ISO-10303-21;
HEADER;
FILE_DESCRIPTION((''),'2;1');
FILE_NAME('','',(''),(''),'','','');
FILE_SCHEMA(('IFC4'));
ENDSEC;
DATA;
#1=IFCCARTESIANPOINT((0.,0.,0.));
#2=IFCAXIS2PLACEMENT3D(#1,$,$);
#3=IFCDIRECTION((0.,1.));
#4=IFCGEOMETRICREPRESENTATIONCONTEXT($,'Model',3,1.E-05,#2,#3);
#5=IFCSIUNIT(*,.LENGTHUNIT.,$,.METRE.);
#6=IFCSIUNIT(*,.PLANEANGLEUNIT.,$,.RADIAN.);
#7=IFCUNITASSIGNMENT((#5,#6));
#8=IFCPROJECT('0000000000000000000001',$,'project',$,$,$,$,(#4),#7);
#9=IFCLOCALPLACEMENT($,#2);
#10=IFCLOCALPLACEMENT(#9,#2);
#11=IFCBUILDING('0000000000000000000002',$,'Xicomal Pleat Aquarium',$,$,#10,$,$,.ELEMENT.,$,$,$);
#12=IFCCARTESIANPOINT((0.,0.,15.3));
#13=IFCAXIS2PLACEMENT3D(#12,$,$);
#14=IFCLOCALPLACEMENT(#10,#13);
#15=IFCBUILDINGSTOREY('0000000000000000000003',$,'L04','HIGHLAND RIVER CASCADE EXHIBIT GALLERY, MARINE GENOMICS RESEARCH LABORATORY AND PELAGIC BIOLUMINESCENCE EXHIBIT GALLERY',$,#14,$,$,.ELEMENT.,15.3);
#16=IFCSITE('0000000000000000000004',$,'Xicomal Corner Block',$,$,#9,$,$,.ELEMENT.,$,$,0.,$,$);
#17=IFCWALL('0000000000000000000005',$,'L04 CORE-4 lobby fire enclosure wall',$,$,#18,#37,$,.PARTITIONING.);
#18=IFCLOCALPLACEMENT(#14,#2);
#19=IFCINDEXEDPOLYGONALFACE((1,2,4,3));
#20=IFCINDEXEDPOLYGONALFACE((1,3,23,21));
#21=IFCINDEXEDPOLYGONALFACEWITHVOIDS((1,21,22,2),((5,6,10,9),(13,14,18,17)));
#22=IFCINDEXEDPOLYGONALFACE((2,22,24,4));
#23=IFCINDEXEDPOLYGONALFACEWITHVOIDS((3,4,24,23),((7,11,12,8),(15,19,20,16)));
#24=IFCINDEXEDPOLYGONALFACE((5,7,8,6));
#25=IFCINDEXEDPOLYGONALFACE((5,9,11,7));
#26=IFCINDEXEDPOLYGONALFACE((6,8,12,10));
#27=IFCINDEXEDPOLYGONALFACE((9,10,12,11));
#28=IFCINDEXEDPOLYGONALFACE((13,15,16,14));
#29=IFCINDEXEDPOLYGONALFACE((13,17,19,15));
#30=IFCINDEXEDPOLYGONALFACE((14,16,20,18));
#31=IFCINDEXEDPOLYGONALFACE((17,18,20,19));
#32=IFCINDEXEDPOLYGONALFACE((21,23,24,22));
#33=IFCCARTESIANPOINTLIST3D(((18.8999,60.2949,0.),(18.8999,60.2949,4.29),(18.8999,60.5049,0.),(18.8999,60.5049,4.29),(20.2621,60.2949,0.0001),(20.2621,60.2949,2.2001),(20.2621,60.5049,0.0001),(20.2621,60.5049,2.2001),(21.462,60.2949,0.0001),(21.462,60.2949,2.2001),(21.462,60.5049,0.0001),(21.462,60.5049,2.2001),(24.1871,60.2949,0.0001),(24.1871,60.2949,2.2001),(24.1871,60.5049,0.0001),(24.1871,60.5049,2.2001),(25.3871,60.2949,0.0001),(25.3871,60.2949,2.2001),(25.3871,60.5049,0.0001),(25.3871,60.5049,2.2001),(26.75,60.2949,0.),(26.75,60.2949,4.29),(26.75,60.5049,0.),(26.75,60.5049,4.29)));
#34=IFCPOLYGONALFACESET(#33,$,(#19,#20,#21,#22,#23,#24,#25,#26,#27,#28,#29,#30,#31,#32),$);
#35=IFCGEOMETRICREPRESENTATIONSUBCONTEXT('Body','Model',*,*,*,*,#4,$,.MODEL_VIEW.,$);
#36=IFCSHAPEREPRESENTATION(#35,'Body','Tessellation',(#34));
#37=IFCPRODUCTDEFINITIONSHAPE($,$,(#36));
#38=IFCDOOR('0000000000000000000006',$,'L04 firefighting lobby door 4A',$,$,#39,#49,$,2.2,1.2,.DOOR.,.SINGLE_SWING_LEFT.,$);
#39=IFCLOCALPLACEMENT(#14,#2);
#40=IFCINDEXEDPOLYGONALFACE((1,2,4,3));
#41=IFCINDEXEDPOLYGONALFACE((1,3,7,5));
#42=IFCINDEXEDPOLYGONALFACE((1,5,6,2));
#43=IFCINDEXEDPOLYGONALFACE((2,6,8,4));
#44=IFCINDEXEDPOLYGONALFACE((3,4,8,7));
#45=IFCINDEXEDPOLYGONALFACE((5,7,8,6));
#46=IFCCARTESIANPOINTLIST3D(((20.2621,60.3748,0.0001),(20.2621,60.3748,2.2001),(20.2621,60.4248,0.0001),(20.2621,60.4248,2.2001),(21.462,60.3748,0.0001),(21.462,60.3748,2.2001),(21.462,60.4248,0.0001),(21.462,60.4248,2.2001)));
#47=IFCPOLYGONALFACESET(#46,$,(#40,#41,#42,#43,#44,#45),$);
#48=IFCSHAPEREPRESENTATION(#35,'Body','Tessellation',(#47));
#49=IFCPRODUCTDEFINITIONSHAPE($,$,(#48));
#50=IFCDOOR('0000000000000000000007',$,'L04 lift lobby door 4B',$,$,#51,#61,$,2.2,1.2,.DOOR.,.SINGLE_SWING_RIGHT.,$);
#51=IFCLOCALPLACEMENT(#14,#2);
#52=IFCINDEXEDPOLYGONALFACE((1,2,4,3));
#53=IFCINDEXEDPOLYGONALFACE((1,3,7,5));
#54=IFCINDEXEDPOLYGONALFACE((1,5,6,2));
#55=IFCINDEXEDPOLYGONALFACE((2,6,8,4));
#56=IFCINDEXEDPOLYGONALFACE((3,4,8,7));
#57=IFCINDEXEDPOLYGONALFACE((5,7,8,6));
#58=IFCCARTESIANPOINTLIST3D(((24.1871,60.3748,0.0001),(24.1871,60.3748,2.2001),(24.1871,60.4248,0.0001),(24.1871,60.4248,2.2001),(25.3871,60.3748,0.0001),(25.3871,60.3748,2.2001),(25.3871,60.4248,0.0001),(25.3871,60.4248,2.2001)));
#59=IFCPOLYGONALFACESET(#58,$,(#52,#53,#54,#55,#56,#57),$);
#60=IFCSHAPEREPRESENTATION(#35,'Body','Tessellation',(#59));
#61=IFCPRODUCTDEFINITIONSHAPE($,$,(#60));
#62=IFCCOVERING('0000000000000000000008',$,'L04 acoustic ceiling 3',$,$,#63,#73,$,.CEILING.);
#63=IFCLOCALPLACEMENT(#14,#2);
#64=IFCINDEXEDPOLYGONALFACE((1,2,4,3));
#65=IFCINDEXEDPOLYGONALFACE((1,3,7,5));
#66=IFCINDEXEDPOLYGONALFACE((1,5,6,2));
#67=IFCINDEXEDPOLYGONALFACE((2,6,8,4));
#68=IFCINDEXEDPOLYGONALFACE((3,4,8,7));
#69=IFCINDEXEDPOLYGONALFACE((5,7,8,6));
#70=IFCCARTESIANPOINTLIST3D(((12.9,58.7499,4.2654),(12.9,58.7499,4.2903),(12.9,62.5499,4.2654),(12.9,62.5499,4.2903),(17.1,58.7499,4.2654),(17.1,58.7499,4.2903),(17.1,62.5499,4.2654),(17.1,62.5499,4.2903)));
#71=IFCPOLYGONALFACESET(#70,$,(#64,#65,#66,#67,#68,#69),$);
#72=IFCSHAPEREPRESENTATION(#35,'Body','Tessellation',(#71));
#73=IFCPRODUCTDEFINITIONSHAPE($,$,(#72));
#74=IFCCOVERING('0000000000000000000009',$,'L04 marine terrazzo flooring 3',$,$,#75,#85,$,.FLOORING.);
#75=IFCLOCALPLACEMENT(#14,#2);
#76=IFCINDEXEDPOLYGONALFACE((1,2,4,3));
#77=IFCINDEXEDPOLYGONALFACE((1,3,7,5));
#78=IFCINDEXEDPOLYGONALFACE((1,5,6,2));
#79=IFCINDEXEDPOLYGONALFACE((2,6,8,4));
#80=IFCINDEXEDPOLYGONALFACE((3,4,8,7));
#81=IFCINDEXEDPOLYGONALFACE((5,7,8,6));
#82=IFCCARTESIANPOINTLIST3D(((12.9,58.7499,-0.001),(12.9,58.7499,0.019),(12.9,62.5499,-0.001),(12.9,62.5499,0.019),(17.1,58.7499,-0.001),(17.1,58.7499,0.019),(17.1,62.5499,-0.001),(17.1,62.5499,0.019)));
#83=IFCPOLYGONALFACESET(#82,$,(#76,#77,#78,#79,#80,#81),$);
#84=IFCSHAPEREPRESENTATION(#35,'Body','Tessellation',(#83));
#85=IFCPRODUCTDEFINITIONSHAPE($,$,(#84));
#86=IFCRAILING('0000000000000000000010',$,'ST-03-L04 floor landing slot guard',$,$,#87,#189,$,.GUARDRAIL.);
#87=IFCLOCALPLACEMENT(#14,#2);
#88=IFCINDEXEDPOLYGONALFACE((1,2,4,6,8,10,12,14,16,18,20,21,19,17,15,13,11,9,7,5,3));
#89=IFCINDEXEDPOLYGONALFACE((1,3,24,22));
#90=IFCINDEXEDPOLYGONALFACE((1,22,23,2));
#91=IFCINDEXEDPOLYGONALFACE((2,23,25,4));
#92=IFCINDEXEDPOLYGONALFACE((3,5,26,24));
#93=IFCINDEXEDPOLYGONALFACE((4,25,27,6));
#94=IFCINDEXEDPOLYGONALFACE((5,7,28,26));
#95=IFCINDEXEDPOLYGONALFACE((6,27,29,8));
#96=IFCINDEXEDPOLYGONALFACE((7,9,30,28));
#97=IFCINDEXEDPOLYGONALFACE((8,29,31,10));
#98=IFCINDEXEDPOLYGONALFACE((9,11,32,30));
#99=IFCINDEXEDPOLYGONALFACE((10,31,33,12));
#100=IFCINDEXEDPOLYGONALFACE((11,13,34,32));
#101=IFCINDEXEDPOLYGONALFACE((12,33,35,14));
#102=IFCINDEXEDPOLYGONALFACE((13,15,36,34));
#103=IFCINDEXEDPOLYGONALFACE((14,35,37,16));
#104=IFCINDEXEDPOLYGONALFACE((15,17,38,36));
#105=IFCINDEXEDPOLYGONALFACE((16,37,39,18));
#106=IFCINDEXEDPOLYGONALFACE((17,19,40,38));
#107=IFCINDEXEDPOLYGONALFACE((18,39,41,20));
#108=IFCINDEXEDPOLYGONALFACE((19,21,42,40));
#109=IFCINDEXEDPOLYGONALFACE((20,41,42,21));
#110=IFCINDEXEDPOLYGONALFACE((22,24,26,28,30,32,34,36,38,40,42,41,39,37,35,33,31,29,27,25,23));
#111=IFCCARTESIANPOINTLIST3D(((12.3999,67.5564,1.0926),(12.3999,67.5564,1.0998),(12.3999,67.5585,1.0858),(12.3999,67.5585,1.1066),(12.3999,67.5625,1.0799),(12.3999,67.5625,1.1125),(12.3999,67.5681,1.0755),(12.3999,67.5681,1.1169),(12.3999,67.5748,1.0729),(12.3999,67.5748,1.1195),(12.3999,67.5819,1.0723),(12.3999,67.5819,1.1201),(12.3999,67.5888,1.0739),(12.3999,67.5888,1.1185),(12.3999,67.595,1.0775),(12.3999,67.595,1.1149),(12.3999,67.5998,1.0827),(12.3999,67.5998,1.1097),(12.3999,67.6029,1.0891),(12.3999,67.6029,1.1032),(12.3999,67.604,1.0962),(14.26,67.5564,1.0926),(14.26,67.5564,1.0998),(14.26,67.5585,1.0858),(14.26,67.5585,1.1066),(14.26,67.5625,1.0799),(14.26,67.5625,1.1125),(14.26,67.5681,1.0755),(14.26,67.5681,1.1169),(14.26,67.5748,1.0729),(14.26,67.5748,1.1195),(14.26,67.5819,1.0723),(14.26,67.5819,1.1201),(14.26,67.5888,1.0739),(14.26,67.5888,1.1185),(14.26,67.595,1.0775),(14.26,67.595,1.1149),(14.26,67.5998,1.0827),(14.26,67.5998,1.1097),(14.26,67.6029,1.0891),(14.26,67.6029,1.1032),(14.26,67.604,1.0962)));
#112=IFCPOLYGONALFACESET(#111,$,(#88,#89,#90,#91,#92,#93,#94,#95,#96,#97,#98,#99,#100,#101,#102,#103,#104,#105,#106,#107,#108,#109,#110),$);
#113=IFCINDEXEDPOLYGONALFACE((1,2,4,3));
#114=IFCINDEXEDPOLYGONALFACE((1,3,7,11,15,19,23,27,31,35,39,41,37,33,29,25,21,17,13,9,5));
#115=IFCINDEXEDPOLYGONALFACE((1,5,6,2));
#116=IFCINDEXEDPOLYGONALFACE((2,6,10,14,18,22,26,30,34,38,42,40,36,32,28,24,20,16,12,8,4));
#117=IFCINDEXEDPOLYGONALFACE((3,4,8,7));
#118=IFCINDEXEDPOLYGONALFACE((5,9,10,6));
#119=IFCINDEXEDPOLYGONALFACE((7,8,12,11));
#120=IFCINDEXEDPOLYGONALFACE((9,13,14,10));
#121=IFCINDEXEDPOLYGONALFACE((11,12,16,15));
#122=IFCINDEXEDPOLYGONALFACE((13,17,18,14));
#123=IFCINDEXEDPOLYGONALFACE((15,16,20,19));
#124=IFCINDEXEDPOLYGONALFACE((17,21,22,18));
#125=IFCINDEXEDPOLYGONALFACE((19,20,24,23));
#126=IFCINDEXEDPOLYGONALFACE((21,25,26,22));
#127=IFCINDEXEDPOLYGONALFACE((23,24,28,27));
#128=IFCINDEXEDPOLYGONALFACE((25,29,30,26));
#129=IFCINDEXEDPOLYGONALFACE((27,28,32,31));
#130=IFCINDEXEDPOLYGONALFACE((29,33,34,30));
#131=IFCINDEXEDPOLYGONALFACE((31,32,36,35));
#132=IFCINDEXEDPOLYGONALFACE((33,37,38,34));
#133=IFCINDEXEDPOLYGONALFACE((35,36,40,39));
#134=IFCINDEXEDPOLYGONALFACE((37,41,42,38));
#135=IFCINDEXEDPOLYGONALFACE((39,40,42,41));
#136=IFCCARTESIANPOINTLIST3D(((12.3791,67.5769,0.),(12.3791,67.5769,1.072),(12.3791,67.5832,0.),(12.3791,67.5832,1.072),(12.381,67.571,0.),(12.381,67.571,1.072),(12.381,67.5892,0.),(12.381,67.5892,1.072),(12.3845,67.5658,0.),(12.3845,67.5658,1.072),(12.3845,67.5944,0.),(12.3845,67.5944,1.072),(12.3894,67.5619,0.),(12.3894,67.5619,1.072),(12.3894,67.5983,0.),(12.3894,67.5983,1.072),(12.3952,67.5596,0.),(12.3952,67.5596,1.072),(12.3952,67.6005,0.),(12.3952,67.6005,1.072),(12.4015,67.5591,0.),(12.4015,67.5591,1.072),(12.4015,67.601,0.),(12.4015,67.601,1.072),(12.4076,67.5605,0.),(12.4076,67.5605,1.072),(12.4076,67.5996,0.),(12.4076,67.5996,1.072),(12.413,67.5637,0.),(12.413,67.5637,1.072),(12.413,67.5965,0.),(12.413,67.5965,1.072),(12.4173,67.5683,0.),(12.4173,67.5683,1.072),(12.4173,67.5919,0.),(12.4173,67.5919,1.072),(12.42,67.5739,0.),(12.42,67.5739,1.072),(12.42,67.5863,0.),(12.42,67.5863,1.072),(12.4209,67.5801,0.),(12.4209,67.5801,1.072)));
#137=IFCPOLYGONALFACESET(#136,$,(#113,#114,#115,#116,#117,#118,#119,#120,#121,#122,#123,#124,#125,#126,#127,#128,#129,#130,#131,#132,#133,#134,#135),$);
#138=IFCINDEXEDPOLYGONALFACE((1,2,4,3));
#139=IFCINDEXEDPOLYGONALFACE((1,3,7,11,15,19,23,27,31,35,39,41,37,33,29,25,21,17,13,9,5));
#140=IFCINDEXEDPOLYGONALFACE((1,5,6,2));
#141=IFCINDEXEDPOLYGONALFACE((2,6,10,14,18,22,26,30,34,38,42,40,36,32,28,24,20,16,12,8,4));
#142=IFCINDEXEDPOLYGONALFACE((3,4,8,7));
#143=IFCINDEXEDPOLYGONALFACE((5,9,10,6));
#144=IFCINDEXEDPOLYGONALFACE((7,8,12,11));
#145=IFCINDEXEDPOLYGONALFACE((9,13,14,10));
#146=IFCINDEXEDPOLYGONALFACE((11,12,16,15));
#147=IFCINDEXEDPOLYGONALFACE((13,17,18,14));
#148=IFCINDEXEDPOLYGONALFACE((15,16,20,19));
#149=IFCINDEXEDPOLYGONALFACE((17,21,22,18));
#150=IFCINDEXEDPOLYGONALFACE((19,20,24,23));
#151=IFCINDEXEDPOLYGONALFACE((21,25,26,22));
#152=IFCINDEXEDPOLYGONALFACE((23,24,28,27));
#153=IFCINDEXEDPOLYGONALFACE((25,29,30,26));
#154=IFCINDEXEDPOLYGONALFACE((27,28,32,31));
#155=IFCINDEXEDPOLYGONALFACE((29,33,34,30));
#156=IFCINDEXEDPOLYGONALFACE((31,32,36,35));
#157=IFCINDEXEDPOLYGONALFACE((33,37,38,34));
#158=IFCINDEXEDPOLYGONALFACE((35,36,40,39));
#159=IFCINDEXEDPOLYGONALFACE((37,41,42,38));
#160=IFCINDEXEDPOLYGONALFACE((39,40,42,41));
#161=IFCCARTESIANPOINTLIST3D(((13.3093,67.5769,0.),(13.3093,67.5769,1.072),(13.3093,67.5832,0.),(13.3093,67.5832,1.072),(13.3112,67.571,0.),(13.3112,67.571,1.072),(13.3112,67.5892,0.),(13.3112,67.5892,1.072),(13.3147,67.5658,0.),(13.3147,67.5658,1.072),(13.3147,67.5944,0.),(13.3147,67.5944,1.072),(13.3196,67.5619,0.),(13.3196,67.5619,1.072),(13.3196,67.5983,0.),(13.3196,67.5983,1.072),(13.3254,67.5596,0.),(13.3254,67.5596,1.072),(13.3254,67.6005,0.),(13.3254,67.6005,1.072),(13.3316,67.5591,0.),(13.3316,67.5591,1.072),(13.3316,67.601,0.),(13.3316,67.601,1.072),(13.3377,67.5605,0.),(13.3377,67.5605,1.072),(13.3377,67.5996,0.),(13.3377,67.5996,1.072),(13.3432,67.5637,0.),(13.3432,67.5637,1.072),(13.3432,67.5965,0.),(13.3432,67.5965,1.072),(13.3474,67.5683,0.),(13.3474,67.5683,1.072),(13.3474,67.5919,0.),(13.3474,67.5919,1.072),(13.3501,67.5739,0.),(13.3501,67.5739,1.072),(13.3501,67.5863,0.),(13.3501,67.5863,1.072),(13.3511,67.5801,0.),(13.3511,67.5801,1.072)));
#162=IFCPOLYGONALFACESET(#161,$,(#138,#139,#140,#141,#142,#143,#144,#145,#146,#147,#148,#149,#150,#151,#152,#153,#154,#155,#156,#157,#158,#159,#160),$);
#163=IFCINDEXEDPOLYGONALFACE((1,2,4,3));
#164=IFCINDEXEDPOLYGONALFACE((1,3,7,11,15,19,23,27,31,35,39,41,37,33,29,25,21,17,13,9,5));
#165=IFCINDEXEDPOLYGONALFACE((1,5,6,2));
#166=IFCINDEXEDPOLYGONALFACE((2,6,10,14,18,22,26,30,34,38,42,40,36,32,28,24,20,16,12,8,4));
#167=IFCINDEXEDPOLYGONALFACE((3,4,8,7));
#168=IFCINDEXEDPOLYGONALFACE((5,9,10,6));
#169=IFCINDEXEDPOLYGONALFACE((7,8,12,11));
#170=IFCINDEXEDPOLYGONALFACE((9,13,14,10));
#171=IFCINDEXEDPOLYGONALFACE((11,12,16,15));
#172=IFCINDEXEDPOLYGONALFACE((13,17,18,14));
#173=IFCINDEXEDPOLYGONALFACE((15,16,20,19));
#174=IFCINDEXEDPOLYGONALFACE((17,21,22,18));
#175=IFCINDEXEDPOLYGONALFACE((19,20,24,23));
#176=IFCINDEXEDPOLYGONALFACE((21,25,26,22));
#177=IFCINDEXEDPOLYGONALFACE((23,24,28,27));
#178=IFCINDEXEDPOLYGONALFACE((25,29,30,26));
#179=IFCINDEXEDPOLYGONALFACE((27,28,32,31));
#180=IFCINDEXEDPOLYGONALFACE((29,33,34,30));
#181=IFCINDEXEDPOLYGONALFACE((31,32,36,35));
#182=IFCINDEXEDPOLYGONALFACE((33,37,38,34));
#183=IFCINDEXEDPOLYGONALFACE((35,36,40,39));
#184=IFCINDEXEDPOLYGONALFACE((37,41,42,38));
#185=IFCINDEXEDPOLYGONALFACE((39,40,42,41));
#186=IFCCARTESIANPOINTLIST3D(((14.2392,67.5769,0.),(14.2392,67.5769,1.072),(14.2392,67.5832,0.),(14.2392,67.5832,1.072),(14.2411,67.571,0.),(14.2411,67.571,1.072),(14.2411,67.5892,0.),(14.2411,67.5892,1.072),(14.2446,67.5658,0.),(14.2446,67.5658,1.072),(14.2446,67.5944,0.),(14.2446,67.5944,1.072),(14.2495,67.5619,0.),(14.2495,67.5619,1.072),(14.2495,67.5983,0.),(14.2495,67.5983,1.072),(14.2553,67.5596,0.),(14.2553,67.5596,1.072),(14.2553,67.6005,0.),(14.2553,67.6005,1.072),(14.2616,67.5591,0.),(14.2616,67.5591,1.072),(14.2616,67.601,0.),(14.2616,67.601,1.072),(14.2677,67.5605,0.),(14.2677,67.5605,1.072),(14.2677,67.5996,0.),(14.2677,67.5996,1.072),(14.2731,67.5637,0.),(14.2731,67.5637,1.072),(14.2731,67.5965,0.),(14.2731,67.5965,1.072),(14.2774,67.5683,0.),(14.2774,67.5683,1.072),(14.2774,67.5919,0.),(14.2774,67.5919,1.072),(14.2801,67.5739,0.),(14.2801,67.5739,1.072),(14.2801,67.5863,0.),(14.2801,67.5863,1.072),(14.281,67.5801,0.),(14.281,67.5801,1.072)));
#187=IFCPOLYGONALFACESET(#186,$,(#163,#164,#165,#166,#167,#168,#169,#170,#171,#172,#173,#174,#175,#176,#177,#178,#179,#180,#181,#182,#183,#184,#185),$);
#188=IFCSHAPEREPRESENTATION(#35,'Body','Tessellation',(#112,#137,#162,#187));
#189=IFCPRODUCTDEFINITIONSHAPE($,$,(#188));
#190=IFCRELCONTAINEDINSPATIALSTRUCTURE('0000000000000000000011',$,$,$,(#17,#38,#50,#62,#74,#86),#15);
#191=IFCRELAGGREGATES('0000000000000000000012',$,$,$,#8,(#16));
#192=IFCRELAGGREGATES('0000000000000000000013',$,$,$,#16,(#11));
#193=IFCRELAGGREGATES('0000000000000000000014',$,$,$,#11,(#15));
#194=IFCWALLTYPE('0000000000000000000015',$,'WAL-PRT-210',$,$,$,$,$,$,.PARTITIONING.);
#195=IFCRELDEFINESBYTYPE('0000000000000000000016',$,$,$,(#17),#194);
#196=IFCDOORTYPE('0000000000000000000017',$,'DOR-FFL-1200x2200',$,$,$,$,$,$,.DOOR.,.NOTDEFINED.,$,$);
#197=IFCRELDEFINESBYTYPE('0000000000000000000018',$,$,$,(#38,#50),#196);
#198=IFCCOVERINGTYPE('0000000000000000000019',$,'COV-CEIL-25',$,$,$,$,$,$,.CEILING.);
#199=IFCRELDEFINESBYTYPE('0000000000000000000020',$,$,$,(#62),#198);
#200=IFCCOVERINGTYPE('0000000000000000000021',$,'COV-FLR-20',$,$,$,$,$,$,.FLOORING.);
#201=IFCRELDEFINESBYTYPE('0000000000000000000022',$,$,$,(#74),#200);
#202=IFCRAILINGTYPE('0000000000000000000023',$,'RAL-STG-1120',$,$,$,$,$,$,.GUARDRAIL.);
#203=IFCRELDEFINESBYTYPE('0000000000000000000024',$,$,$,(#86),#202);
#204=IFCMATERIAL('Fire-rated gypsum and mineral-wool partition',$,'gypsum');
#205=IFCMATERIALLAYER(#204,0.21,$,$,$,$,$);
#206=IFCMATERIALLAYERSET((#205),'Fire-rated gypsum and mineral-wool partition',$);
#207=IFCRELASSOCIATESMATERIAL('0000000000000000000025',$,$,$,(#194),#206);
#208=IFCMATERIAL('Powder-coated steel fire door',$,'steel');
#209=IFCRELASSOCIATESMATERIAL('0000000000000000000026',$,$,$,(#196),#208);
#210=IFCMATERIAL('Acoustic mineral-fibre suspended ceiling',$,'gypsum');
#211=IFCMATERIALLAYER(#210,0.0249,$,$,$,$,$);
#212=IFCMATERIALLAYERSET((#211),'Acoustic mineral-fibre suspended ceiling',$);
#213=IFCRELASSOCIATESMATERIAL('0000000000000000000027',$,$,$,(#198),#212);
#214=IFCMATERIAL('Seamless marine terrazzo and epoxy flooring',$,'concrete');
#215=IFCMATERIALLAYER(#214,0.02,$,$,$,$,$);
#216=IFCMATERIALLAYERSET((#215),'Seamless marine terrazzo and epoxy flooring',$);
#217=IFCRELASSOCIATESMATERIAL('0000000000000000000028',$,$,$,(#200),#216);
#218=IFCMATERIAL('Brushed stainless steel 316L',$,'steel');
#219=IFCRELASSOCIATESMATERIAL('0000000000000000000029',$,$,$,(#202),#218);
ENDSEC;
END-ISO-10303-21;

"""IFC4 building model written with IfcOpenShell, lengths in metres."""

from ifc_helpers import new_model, si_unit, direction, frame, frame_2d, origin, origin_2d, place, context, subcontext, project, spatial, rectangle, circle, extrude, material, layer, layer_set, type_object, element, fill, save


model = new_model("IFC4")

# Units and contexts
model_context = context("Model", 3, precision=1e-05, world=origin(), true_north=direction((0.0, 1.0)))
body_context = subcontext(model_context, "Body", "Model", "MODEL_VIEW")
ifc_project = project(units=[si_unit("LENGTHUNIT", "METRE"), si_unit("PLANEANGLEUNIT", "RADIAN")], contexts=[model_context])

# Site, building, storey
site_placement = place(None, origin())
site = spatial("IfcSite", under=ifc_project, at=site_placement, Name="Xicomal Corner Block", CompositionType="ELEMENT", RefElevation=0.0)
building_placement = place(site_placement, origin())
building = spatial("IfcBuilding", under=site, at=building_placement, Name="Xicomal Pleat Aquarium", CompositionType="ELEMENT")
storey_placement = place(building_placement, frame((0.0, 0.0, 15.3)))
storey = spatial("IfcBuildingStorey", under=building, at=storey_placement, Name="L04", Description="HIGHLAND RIVER CASCADE EXHIBIT GALLERY, MARINE GENOMICS RESEARCH LABORATORY AND PELAGIC BIOLUMINESCENCE EXHIBIT GALLERY", CompositionType="ELEMENT", Elevation=15.3)

# Wall, openings, doors
ifc_material_1 = material(Name="Fire-rated gypsum and mineral-wool partition", Category="gypsum")
ifc_layer_1 = layer(ifc_material_1, 0.21)
ifc_layer_set_1 = layer_set([ifc_layer_1], Name="Fire-rated gypsum and mineral-wool partition")
wall_type_1 = type_object("IfcWallType", Name="WAL-PRT-210", PredefinedType="PARTITIONING", material=ifc_layer_set_1)
wall_1_placement = place(storey_placement, frame((18.8999, 60.3999, 0.0), z_axis=(0.0, 0.0, 1.0), x_axis=(1.0, 0.0, 0.0)))
wall_1 = element("IfcWall", 1, at=wall_1_placement, inside=storey, type_object=wall_type_1, Name="L04 CORE-4 lobby fire enclosure wall", PredefinedType="PARTITIONING", context=body_context, shape_type="SweptSolid", body=[
    extrude(rectangle(XDim=7.8501, YDim=0.21, at=frame_2d((3.925, 0.0))), origin(), (0.0, 0.0, 1.0), 4.29),
])
opening_1_placement = place(wall_1_placement, frame((1.3621, 0.0, 0.0)))
opening_1 = element("IfcOpeningElement", 2, at=opening_1_placement, cuts=wall_1, PredefinedType="OPENING", context=body_context, shape_type="SweptSolid", body=[
    extrude(rectangle(XDim=1.2, YDim=2.2, at=frame_2d((0.6001, 1.1001))), frame((0.0, 0.115, 0.0), z_axis=(0.0, -1.0, 0.0), x_axis=(1.0, 0.0, 0.0)), (0.0, 0.0, 1.0), 0.23),
])
opening_2_placement = place(wall_1_placement, frame((5.2871, 0.0, 0.0)))
opening_2 = element("IfcOpeningElement", 3, at=opening_2_placement, cuts=wall_1, PredefinedType="OPENING", context=body_context, shape_type="SweptSolid", body=[
    extrude(rectangle(XDim=1.2, YDim=2.2, at=frame_2d((0.6001, 1.1001))), frame((0.0, 0.115, 0.0), z_axis=(0.0, -1.0, 0.0), x_axis=(1.0, 0.0, 0.0)), (0.0, 0.0, 1.0), 0.23),
])
ifc_material_2 = material(Name="Powder-coated steel fire door", Category="steel")
door_type_1 = type_object("IfcDoorType", Name="DOR-FFL-1200x2200", OperationType="NOTDEFINED", PredefinedType="DOOR", material=ifc_material_2)
door_1_placement = place(opening_1_placement, origin())
door_1 = element("IfcDoor", 4, at=door_1_placement, inside=storey, type_object=door_type_1, Name="L04 firefighting lobby door 4A", OperationType="SINGLE_SWING_LEFT", OverallHeight=2.2, OverallWidth=1.2, PredefinedType="DOOR", context=body_context, shape_type="SweptSolid", body=[
    extrude(rectangle(XDim=1.2, YDim=2.2, at=frame_2d((0.6001, 1.1001))), frame((0.0, 0.0249, 0.0), z_axis=(0.0, -1.0, 0.0), x_axis=(1.0, 0.0, 0.0)), (0.0, 0.0, 1.0), 0.05),
])
fill(opening_1, door_1)
door_2_placement = place(opening_2_placement, origin())
door_2 = element("IfcDoor", 5, at=door_2_placement, inside=storey, type_object=door_type_1, Name="L04 lift lobby door 4B", OperationType="SINGLE_SWING_RIGHT", OverallHeight=2.2, OverallWidth=1.2, PredefinedType="DOOR", context=body_context, shape_type="SweptSolid", body=[
    extrude(rectangle(XDim=1.2, YDim=2.2, at=frame_2d((0.6001, 1.1001))), frame((0.0, 0.0249, 0.0), z_axis=(0.0, -1.0, 0.0), x_axis=(1.0, 0.0, 0.0)), (0.0, 0.0, 1.0), 0.05),
])
fill(opening_2, door_2)

# Coverings
ifc_material_3 = material(Name="Acoustic mineral-fibre suspended ceiling", Category="gypsum")
ifc_layer_2 = layer(ifc_material_3, 0.0249)
ifc_layer_set_2 = layer_set([ifc_layer_2], Name="Acoustic mineral-fibre suspended ceiling")
covering_type_1 = type_object("IfcCoveringType", Name="COV-CEIL-25", PredefinedType="CEILING", material=ifc_layer_set_2)
covering_1_placement = place(storey_placement, frame((15.0, 60.6499, 4.2654), z_axis=(0.0, 0.0, 1.0), x_axis=(1.0, 0.0, 0.0)))
element("IfcCovering", 6, at=covering_1_placement, inside=storey, type_object=covering_type_1, Name="L04 acoustic ceiling 3", PredefinedType="CEILING", context=body_context, shape_type="SweptSolid", body=[
    extrude(rectangle(XDim=4.2, YDim=3.8, at=origin_2d()), origin(), (0.0, 0.0, 1.0), 0.0249),
])
ifc_material_4 = material(Name="Seamless marine terrazzo and epoxy flooring", Category="concrete")
ifc_layer_3 = layer(ifc_material_4, 0.02)
ifc_layer_set_3 = layer_set([ifc_layer_3], Name="Seamless marine terrazzo and epoxy flooring")
covering_type_2 = type_object("IfcCoveringType", Name="COV-FLR-20", PredefinedType="FLOORING", material=ifc_layer_set_3)
covering_2_placement = place(storey_placement, frame((15.0, 60.6499, -0.001), z_axis=(0.0, 0.0, 1.0), x_axis=(1.0, 0.0, 0.0)))
element("IfcCovering", 7, at=covering_2_placement, inside=storey, type_object=covering_type_2, Name="L04 marine terrazzo flooring 3", PredefinedType="FLOORING", context=body_context, shape_type="SweptSolid", body=[
    extrude(rectangle(XDim=4.2, YDim=3.8, at=origin_2d()), origin(), (0.0, 0.0, 1.0), 0.02),
])

# Railing
ifc_material_5 = material(Name="Brushed stainless steel 316L", Category="steel")
railing_type = type_object("IfcRailingType", Name="RAL-STG-1120", PredefinedType="GUARDRAIL", material=ifc_material_5)
railing_1_placement = place(storey_placement, frame((12.3999, 67.5801, 0.0)))
element("IfcRailing", 8, at=railing_1_placement, inside=storey, type_object=railing_type, Name="ST-03-L04 floor landing slot guard", PredefinedType="GUARDRAIL", context=body_context, shape_type="SweptSolid", body=[
    extrude(circle(Radius=0.0239, at=origin_2d()), frame((0.0, 0.0, 1.0962), z_axis=(1.0, 0.0, 0.0), x_axis=(0.0, 1.0, 0.0)), (0.0, 0.0, 1.0), 1.8601),
    extrude(circle(Radius=0.021, at=origin_2d()), origin(), (0.0, 0.0, 1.0), 1.072),
    extrude(circle(Radius=0.021, at=origin_2d()), frame((0.9302, 0.0, 0.0)), (0.0, 0.0, 1.0), 1.072),
    extrude(circle(Radius=0.021, at=origin_2d()), frame((1.8601, 0.0, 0.0)), (0.0, 0.0, 1.0), 1.072),
])

save(model, "model.ifc")
